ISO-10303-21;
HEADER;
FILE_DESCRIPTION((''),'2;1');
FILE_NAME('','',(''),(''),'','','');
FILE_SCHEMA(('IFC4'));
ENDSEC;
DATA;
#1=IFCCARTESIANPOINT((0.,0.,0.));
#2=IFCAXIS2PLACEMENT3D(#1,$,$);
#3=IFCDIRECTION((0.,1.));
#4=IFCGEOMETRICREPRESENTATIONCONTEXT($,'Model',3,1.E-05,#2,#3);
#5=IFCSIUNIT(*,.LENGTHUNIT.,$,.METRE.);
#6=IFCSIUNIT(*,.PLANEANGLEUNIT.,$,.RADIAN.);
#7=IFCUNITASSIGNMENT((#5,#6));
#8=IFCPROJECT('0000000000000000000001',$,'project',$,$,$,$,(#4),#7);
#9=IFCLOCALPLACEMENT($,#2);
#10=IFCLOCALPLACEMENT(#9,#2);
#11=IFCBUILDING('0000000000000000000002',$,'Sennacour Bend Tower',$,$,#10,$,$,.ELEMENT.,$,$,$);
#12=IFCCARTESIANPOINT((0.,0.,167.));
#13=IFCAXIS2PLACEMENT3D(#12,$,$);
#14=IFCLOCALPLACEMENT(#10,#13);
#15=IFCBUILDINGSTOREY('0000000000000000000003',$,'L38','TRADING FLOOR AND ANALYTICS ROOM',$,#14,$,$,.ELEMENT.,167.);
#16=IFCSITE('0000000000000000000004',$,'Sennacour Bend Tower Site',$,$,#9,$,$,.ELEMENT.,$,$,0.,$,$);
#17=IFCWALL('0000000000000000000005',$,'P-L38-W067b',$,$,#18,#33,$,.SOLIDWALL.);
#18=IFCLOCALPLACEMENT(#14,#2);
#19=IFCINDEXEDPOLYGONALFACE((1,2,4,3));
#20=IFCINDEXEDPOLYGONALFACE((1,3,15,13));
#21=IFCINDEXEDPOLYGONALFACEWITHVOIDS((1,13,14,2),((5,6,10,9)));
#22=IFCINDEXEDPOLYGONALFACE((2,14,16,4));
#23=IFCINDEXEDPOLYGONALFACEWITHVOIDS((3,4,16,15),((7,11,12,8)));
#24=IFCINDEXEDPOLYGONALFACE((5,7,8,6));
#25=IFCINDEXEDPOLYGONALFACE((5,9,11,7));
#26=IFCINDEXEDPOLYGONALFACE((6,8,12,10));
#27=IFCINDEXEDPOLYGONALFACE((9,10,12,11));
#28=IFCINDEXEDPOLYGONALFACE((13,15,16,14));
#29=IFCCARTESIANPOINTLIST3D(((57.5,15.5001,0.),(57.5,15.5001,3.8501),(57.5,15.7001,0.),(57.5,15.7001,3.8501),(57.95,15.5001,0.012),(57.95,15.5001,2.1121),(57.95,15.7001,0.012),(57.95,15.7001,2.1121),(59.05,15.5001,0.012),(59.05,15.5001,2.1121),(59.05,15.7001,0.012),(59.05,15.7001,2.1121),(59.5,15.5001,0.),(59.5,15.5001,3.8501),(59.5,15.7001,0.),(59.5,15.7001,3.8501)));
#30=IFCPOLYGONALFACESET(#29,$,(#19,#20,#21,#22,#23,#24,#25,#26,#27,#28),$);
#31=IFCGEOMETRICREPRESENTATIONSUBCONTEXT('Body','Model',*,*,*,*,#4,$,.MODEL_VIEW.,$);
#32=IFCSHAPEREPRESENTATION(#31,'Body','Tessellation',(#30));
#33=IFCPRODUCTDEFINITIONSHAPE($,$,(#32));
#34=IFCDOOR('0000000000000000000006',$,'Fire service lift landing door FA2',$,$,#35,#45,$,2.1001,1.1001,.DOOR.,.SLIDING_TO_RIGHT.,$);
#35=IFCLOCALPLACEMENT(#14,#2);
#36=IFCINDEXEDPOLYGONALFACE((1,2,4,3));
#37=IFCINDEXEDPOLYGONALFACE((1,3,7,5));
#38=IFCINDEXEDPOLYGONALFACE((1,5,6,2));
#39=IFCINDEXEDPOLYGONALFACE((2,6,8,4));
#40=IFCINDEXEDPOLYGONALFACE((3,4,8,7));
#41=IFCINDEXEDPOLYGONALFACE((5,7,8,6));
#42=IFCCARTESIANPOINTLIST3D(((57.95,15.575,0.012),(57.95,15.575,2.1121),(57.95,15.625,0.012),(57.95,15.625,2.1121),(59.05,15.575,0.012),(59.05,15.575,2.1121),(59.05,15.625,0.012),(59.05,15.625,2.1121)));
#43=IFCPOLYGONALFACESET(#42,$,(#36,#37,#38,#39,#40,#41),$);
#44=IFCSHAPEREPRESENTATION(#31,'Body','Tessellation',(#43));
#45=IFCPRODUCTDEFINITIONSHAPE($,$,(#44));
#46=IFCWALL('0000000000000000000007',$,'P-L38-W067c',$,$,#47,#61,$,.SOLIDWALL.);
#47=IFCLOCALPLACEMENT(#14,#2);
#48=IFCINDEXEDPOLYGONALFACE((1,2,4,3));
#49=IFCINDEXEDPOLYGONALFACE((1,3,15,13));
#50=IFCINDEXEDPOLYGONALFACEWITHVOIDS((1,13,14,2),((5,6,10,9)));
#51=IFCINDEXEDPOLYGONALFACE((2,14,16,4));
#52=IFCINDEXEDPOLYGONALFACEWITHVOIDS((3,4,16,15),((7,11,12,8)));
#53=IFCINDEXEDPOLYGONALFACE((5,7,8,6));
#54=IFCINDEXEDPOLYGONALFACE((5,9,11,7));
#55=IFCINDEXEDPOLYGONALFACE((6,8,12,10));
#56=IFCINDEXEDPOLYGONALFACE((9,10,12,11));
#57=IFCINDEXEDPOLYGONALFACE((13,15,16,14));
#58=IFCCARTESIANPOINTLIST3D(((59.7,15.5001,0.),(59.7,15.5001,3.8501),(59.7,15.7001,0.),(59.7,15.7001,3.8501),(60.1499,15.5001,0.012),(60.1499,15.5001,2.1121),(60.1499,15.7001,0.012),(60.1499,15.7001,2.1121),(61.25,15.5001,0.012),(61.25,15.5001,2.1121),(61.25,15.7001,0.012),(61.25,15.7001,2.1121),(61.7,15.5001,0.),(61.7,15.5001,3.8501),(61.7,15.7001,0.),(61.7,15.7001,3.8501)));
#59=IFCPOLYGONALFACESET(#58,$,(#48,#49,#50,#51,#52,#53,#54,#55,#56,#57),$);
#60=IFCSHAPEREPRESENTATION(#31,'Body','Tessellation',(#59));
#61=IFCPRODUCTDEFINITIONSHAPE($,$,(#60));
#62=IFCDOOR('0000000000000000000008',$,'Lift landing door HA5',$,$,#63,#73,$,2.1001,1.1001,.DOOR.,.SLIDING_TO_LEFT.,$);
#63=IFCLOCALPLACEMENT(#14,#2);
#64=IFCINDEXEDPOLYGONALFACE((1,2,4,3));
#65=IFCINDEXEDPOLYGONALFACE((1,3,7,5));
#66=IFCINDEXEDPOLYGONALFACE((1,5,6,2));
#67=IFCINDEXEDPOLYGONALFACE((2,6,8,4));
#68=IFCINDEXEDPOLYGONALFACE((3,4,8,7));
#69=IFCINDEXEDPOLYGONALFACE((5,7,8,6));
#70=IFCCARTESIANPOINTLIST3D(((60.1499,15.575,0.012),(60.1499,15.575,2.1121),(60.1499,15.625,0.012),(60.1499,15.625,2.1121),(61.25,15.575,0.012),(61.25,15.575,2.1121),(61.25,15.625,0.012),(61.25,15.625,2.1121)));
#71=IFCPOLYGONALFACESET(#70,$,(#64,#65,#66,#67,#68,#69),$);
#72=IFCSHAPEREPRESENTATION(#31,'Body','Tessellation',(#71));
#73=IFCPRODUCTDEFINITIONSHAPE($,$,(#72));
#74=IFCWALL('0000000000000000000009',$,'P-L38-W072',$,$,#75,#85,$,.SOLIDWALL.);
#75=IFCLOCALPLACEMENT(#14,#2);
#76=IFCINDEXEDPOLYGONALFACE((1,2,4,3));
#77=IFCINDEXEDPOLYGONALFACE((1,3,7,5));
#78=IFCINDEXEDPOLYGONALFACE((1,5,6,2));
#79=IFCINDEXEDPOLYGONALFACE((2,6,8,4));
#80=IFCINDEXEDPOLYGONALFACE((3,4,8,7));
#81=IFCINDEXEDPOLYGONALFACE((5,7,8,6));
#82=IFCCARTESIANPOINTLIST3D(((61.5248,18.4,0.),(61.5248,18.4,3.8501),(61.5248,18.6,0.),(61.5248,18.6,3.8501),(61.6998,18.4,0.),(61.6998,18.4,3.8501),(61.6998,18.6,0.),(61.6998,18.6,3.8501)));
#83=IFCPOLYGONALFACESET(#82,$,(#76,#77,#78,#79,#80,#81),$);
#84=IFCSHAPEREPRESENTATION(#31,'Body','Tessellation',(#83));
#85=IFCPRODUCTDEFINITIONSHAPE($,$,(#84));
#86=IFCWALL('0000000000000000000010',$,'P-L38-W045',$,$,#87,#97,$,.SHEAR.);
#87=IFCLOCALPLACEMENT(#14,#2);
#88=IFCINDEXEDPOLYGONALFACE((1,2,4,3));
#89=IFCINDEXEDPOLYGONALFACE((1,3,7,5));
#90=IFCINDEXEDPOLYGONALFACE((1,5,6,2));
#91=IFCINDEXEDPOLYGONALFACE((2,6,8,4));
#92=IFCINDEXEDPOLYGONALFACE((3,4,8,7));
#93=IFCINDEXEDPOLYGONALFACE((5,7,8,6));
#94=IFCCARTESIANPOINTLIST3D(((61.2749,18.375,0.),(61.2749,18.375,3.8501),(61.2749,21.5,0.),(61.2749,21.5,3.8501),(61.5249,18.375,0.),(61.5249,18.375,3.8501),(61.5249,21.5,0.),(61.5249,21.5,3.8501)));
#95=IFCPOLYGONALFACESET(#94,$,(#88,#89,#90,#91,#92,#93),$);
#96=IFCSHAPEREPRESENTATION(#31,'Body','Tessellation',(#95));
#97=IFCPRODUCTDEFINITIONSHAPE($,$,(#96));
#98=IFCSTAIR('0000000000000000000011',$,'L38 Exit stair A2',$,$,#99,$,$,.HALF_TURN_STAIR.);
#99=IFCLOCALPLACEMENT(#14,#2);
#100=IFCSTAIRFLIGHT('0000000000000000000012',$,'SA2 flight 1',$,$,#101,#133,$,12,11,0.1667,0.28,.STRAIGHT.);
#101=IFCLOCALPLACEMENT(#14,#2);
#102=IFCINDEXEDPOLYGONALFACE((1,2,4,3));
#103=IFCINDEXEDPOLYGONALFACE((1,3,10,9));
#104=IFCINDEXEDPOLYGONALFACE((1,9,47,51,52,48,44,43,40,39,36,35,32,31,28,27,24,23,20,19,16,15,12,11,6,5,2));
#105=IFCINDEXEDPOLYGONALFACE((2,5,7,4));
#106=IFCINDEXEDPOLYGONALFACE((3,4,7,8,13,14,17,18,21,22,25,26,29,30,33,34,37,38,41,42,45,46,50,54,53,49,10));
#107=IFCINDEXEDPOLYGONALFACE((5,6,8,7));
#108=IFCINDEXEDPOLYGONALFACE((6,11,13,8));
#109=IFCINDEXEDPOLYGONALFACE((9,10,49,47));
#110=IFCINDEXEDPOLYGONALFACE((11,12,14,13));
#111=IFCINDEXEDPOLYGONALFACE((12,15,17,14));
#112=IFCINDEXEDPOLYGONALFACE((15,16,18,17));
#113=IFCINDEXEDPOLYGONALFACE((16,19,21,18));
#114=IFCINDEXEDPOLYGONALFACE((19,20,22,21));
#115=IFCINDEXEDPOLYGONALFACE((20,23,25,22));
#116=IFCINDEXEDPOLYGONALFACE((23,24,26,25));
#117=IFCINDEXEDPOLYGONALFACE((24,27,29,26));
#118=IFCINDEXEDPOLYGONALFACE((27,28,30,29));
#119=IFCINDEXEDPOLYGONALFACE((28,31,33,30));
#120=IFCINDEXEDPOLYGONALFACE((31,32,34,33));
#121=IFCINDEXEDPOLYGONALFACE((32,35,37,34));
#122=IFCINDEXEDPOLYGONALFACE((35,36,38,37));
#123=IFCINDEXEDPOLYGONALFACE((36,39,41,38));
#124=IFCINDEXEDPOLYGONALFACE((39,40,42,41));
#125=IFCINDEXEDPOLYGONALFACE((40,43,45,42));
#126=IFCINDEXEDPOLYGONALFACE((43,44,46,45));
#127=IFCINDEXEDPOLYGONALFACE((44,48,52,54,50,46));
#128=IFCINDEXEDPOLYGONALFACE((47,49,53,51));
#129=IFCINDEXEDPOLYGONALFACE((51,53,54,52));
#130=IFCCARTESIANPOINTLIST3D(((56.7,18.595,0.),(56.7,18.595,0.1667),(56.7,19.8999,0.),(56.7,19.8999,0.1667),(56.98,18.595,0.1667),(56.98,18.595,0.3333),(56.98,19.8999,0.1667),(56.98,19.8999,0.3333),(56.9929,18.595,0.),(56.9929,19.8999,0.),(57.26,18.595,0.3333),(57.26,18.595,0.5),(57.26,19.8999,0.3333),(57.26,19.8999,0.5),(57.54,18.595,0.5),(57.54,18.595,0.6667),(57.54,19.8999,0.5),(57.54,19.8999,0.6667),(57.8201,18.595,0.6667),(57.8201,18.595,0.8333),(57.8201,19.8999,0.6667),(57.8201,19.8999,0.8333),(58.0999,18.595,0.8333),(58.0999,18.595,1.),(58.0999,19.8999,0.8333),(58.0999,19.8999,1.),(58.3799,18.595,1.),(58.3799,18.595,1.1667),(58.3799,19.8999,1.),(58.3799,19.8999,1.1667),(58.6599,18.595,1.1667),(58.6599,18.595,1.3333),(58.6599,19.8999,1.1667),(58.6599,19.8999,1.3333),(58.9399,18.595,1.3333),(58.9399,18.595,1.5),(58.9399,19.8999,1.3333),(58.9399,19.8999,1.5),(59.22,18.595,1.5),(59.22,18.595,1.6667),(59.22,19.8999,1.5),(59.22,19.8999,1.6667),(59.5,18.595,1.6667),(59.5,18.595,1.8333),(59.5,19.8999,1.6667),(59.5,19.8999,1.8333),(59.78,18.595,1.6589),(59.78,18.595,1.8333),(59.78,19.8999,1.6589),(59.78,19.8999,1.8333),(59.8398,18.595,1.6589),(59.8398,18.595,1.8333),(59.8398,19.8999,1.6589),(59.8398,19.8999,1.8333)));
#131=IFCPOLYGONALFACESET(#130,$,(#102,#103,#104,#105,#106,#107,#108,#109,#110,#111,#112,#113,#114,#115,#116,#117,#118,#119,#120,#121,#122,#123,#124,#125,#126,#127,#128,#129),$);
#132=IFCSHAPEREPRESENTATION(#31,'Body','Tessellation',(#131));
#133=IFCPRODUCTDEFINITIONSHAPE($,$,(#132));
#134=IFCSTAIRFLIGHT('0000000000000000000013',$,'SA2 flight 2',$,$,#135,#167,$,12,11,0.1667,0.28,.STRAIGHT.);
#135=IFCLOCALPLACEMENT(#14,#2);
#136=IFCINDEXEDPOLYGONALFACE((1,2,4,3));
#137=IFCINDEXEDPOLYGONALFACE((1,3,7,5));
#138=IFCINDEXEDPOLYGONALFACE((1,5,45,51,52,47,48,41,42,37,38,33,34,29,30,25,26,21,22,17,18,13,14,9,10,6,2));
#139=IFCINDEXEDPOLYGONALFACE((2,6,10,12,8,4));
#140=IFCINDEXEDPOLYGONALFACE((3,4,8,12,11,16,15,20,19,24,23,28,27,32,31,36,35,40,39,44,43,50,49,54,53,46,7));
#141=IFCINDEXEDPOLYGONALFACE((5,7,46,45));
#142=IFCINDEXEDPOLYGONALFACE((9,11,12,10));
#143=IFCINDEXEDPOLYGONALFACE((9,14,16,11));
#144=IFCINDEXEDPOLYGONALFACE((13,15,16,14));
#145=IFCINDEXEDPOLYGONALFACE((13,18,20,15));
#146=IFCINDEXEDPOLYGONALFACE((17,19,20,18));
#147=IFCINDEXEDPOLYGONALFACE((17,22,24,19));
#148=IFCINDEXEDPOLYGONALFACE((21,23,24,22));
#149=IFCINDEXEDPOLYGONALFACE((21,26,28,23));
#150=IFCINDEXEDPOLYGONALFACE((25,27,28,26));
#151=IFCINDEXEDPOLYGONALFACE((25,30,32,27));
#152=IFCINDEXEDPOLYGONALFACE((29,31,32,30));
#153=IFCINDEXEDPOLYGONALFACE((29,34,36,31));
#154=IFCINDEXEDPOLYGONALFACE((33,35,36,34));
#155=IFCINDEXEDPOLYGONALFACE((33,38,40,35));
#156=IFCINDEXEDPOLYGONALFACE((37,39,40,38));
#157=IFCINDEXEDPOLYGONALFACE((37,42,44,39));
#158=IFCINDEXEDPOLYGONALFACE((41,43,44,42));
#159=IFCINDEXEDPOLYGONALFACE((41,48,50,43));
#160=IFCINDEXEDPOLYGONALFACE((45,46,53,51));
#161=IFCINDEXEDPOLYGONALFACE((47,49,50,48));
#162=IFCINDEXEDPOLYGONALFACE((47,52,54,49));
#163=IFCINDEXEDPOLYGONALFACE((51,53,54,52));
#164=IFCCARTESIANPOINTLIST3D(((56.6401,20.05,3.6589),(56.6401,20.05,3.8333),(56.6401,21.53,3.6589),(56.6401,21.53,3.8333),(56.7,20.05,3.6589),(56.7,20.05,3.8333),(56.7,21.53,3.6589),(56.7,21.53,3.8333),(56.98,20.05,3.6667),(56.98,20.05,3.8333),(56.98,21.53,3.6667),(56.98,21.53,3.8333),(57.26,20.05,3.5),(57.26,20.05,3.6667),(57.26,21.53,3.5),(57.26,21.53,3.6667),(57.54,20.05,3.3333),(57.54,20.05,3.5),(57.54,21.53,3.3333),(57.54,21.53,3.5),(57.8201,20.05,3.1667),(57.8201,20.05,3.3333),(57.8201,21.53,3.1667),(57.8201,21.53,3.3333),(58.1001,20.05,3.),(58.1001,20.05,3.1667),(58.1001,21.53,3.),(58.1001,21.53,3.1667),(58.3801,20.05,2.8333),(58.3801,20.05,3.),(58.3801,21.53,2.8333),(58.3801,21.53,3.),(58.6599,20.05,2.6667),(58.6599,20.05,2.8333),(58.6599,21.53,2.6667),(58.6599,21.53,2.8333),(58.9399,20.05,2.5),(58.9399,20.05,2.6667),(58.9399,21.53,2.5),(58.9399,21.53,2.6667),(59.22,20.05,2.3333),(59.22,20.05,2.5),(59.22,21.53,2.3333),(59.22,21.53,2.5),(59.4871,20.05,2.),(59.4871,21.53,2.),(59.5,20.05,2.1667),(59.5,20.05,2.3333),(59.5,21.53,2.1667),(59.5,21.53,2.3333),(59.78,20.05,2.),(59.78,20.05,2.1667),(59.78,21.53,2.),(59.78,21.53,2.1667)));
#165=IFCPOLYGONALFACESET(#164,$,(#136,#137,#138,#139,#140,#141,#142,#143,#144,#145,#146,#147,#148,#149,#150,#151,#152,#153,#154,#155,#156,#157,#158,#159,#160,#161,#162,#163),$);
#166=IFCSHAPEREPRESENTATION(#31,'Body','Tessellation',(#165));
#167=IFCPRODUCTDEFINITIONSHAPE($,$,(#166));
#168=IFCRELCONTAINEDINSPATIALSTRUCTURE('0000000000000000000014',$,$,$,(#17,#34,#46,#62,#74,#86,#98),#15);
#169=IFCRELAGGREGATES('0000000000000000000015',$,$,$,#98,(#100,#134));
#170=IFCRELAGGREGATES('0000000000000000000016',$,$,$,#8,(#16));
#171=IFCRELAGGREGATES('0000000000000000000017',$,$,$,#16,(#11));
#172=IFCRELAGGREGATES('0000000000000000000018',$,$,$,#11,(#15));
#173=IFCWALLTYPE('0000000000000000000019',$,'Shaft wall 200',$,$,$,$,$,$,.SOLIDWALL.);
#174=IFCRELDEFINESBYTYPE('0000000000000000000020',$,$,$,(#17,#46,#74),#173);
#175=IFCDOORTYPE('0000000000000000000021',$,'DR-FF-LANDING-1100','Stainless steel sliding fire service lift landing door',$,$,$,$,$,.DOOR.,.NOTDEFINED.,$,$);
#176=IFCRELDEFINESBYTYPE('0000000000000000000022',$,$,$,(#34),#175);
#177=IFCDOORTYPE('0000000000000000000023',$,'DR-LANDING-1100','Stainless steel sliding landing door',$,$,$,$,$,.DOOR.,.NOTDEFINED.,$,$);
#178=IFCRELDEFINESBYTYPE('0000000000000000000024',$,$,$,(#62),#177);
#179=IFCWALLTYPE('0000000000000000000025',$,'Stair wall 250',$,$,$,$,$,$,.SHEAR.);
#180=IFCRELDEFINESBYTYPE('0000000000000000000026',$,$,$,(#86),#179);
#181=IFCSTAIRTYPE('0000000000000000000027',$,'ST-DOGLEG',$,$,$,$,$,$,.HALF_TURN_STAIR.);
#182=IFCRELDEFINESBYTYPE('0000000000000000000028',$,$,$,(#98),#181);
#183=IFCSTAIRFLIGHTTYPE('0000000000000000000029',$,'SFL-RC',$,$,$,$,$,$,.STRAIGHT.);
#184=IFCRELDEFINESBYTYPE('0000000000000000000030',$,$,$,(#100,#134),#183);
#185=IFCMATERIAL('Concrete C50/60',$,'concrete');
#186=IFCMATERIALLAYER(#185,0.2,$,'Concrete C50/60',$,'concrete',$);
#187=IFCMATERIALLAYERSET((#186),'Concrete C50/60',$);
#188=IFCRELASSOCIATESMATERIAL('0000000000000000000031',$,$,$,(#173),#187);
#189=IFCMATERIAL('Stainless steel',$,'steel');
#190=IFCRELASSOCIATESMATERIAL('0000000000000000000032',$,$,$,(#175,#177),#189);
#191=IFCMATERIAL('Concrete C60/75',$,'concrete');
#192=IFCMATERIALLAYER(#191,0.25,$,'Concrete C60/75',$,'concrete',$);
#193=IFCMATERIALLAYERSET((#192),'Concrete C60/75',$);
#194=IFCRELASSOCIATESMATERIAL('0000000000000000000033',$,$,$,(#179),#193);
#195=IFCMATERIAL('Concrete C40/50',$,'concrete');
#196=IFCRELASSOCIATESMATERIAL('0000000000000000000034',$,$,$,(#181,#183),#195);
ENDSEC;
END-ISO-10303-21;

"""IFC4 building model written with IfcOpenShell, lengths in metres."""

from ifc_helpers import new_model, si_unit, direction, frame, frame_2d, origin, place, context, subcontext, project, spatial, polyline, rectangle, outline, extrude, material, layer, layer_set, type_object, element, fill, aggregate, save


model = new_model("IFC4")

# Units and contexts
model_context = context("Model", 3, precision=1e-05, world=origin(), true_north=direction((0.0, 1.0)))
body_context = subcontext(model_context, "Body", "Model", "MODEL_VIEW")
ifc_project = project(units=[si_unit("LENGTHUNIT", "METRE"), si_unit("PLANEANGLEUNIT", "RADIAN")], contexts=[model_context])

# Site, building, storey
site_placement = place(None, origin())
site = spatial("IfcSite", under=ifc_project, at=site_placement, Name="Sennacour Bend Tower Site", CompositionType="ELEMENT", RefElevation=0.0)
building_placement = place(site_placement, origin())
building = spatial("IfcBuilding", under=site, at=building_placement, Name="Sennacour Bend Tower", CompositionType="ELEMENT")
storey_placement = place(building_placement, frame((0.0, 0.0, 167.0)))
storey = spatial("IfcBuildingStorey", under=building, at=storey_placement, Name="L38", Description="TRADING FLOOR AND ANALYTICS ROOM", CompositionType="ELEMENT", Elevation=167.0)

# Shared definitions
ifc_material_1 = material(Name="Concrete C50/60", Category="concrete")
ifc_layer_1 = layer(ifc_material_1, 0.2, Name="Concrete C50/60", Category="concrete")
ifc_layer_set_1 = layer_set([ifc_layer_1], Name="Concrete C50/60")
wall_type_1 = type_object("IfcWallType", Name="Shaft wall 200", PredefinedType="SOLIDWALL", material=ifc_layer_set_1)

# Walls, openings, doors
wall_1_placement = place(storey_placement, frame((57.5, 15.6001, 0.0), z_axis=(0.0, 0.0, 1.0), x_axis=(1.0, 0.0, 0.0)))
wall_1 = element("IfcWall", 1, at=wall_1_placement, inside=storey, type_object=wall_type_1, Name="P-L38-W067b", PredefinedType="SOLIDWALL", context=body_context, shape_type="SweptSolid", body=[
    extrude(rectangle(XDim=2.0, YDim=0.2, at=frame_2d((1.0, 0.0))), origin(), (0.0, 0.0, 1.0), 3.8501),
])
opening_1_placement = place(wall_1_placement, frame((0.45, 0.0, 0.012)))
opening_1 = element("IfcOpeningElement", 2, at=opening_1_placement, cuts=wall_1, PredefinedType="OPENING", context=body_context, shape_type="SweptSolid", body=[
    extrude(rectangle(XDim=1.1001, YDim=2.1001, at=frame_2d((0.55, 1.05))), frame((0.0, 0.1099, 0.0), z_axis=(0.0, -1.0, 0.0), x_axis=(1.0, 0.0, 0.0)), (0.0, 0.0, 1.0), 0.22),
])
ifc_material_2 = material(Name="Stainless steel", Category="steel")
door_type_1 = type_object("IfcDoorType", Name="DR-FF-LANDING-1100", Description="Stainless steel sliding fire service lift landing door", OperationType="NOTDEFINED", PredefinedType="DOOR", material=ifc_material_2)
door_1_placement = place(opening_1_placement, origin())
door_1 = element("IfcDoor", 3, at=door_1_placement, inside=storey, type_object=door_type_1, Name="Fire service lift landing door FA2", OperationType="SLIDING_TO_RIGHT", OverallHeight=2.1001, OverallWidth=1.1001, PredefinedType="DOOR", context=body_context, shape_type="SweptSolid", body=[
    extrude(rectangle(XDim=1.1001, YDim=2.1001, at=frame_2d((0.55, 1.05))), frame((0.0, 0.0249, 0.0), z_axis=(0.0, -1.0, 0.0), x_axis=(1.0, 0.0, 0.0)), (0.0, 0.0, 1.0), 0.05),
])
fill(opening_1, door_1)
wall_2_placement = place(storey_placement, frame((59.7, 15.6001, 0.0), z_axis=(0.0, 0.0, 1.0), x_axis=(1.0, 0.0, 0.0)))
wall_2 = element("IfcWall", 4, at=wall_2_placement, inside=storey, type_object=wall_type_1, Name="P-L38-W067c", PredefinedType="SOLIDWALL", context=body_context, shape_type="SweptSolid", body=[
    extrude(rectangle(XDim=2.0, YDim=0.2, at=frame_2d((1.0, 0.0))), origin(), (0.0, 0.0, 1.0), 3.8501),
])
opening_2_placement = place(wall_2_placement, frame((0.45, 0.0, 0.012)))
opening_2 = element("IfcOpeningElement", 5, at=opening_2_placement, cuts=wall_2, PredefinedType="OPENING", context=body_context, shape_type="SweptSolid", body=[
    extrude(rectangle(XDim=1.1001, YDim=2.1001, at=frame_2d((0.55, 1.05))), frame((0.0, 0.1099, 0.0), z_axis=(0.0, -1.0, 0.0), x_axis=(1.0, 0.0, 0.0)), (0.0, 0.0, 1.0), 0.22),
])
door_type_2 = type_object("IfcDoorType", Name="DR-LANDING-1100", Description="Stainless steel sliding landing door", OperationType="NOTDEFINED", PredefinedType="DOOR", material=ifc_material_2)
door_2_placement = place(opening_2_placement, origin())
door_2 = element("IfcDoor", 6, at=door_2_placement, inside=storey, type_object=door_type_2, Name="Lift landing door HA5", OperationType="SLIDING_TO_LEFT", OverallHeight=2.1001, OverallWidth=1.1001, PredefinedType="DOOR", context=body_context, shape_type="SweptSolid", body=[
    extrude(rectangle(XDim=1.1001, YDim=2.1001, at=frame_2d((0.55, 1.05))), frame((0.0, 0.0249, 0.0), z_axis=(0.0, -1.0, 0.0), x_axis=(1.0, 0.0, 0.0)), (0.0, 0.0, 1.0), 0.05),
])
fill(opening_2, door_2)

# Walls
wall_3_placement = place(storey_placement, frame((61.5249, 18.5, 0.0), z_axis=(0.0, 0.0, 1.0), x_axis=(1.0, 0.0, 0.0)))
element("IfcWall", 7, at=wall_3_placement, inside=storey, type_object=wall_type_1, Name="P-L38-W072", PredefinedType="SOLIDWALL", context=body_context, shape_type="SweptSolid", body=[
    extrude(rectangle(XDim=0.175, YDim=0.2, at=frame_2d((0.0874, 0.0))), origin(), (0.0, 0.0, 1.0), 3.8501),
])
ifc_material_3 = material(Name="Concrete C60/75", Category="concrete")
ifc_layer_2 = layer(ifc_material_3, 0.25, Name="Concrete C60/75", Category="concrete")
ifc_layer_set_2 = layer_set([ifc_layer_2], Name="Concrete C60/75")
wall_type_2 = type_object("IfcWallType", Name="Stair wall 250", PredefinedType="SHEAR", material=ifc_layer_set_2)
wall_4_placement = place(storey_placement, frame((61.3999, 18.375, 0.0), z_axis=(0.0, 0.0, 1.0), x_axis=(0.0, 1.0, 0.0)))
element("IfcWall", 8, at=wall_4_placement, inside=storey, type_object=wall_type_2, Name="P-L38-W045", PredefinedType="SHEAR", context=body_context, shape_type="SweptSolid", body=[
    extrude(rectangle(XDim=3.125, YDim=0.25, at=frame_2d((1.5625, 0.0))), origin(), (0.0, 0.0, 1.0), 3.8501),
])

# Stair, stair flights
ifc_material_4 = material(Name="Concrete C40/50", Category="concrete")
stair_type = type_object("IfcStairType", Name="ST-DOGLEG", PredefinedType="HALF_TURN_STAIR", material=ifc_material_4)
stair_placement = place(storey_placement, origin())
stair = element("IfcStair", 9, at=stair_placement, inside=storey, type_object=stair_type, Name="L38 Exit stair A2", PredefinedType="HALF_TURN_STAIR")
stair_flight_type = type_object("IfcStairFlightType", Name="SFL-RC", PredefinedType="STRAIGHT", material=ifc_material_4)
stair_flight_1_placement = place(storey_placement, frame((56.7, 19.2476, 0.0), z_axis=(0.0, 0.0, 1.0), x_axis=(1.0, 0.0, 0.0)))
stair_flight_1 = element("IfcStairFlight", 10, at=stair_flight_1_placement, type_object=stair_flight_type, Name="SA2 flight 1", NumberOfRisers=12, NumberOfTreads=11, PredefinedType="STRAIGHT", RiserHeight=0.1667, TreadLength=0.28, context=body_context, shape_type="SweptSolid", body=[
    extrude(outline(polyline([(0.0, 0.0), (0.0, 0.1667), (0.28, 0.1667), (0.28, 0.3333), (0.5601, 0.3333), (0.5601, 0.5), (0.8401, 0.5), (0.8401, 0.6667), (1.1201, 0.6667), (1.1201, 0.8333), (1.3999, 0.8333), (1.3999, 1.0), (1.6799, 1.0), (1.6799, 1.1667), (1.96, 1.1667), (1.96, 1.3333), (2.24, 1.3333), (2.24, 1.5), (2.52, 1.5), (2.52, 1.6667), (2.8, 1.6667), (2.8, 1.8333), (3.0801, 1.8333), (3.1399, 1.8333), (3.1399, 1.6589), (3.0801, 1.6589), (0.293, 0.0), (0.0, 0.0)])), frame((0.0, 0.6523, 0.0), z_axis=(0.0, -1.0, 0.0), x_axis=(1.0, 0.0, 0.0)), (0.0, 0.0, 1.0), 1.3049),
])
stair_flight_2_placement = place(storey_placement, frame((59.78, 20.79, 2.0), z_axis=(0.0, 0.0, 1.0), x_axis=(-1.0, 0.0, 0.0)))
stair_flight_2 = element("IfcStairFlight", 11, at=stair_flight_2_placement, type_object=stair_flight_type, Name="SA2 flight 2", NumberOfRisers=12, NumberOfTreads=11, PredefinedType="STRAIGHT", RiserHeight=0.1667, TreadLength=0.28, context=body_context, shape_type="SweptSolid", body=[
    extrude(outline(polyline([(0.0, 0.0), (0.0, 0.1667), (0.28, 0.1667), (0.28, 0.3333), (0.5601, 0.3333), (0.5601, 0.5), (0.8401, 0.5), (0.8401, 0.6667), (1.1201, 0.6667), (1.1201, 0.8333), (1.3999, 0.8333), (1.3999, 1.0), (1.6799, 1.0), (1.6799, 1.1667), (1.96, 1.1667), (1.96, 1.3333), (2.24, 1.3333), (2.24, 1.5), (2.52, 1.5), (2.52, 1.6667), (2.8, 1.6667), (2.8, 1.8333), (3.0801, 1.8333), (3.1399, 1.8333), (3.1399, 1.6589), (3.0801, 1.6589), (0.293, 0.0), (0.0, 0.0)])), frame((0.0, 0.74, 0.0), z_axis=(0.0, -1.0, 0.0), x_axis=(1.0, 0.0, 0.0)), (0.0, 0.0, 1.0), 1.48),
])
aggregate(stair, [stair_flight_1, stair_flight_2])

save(model, "model.ifc")
